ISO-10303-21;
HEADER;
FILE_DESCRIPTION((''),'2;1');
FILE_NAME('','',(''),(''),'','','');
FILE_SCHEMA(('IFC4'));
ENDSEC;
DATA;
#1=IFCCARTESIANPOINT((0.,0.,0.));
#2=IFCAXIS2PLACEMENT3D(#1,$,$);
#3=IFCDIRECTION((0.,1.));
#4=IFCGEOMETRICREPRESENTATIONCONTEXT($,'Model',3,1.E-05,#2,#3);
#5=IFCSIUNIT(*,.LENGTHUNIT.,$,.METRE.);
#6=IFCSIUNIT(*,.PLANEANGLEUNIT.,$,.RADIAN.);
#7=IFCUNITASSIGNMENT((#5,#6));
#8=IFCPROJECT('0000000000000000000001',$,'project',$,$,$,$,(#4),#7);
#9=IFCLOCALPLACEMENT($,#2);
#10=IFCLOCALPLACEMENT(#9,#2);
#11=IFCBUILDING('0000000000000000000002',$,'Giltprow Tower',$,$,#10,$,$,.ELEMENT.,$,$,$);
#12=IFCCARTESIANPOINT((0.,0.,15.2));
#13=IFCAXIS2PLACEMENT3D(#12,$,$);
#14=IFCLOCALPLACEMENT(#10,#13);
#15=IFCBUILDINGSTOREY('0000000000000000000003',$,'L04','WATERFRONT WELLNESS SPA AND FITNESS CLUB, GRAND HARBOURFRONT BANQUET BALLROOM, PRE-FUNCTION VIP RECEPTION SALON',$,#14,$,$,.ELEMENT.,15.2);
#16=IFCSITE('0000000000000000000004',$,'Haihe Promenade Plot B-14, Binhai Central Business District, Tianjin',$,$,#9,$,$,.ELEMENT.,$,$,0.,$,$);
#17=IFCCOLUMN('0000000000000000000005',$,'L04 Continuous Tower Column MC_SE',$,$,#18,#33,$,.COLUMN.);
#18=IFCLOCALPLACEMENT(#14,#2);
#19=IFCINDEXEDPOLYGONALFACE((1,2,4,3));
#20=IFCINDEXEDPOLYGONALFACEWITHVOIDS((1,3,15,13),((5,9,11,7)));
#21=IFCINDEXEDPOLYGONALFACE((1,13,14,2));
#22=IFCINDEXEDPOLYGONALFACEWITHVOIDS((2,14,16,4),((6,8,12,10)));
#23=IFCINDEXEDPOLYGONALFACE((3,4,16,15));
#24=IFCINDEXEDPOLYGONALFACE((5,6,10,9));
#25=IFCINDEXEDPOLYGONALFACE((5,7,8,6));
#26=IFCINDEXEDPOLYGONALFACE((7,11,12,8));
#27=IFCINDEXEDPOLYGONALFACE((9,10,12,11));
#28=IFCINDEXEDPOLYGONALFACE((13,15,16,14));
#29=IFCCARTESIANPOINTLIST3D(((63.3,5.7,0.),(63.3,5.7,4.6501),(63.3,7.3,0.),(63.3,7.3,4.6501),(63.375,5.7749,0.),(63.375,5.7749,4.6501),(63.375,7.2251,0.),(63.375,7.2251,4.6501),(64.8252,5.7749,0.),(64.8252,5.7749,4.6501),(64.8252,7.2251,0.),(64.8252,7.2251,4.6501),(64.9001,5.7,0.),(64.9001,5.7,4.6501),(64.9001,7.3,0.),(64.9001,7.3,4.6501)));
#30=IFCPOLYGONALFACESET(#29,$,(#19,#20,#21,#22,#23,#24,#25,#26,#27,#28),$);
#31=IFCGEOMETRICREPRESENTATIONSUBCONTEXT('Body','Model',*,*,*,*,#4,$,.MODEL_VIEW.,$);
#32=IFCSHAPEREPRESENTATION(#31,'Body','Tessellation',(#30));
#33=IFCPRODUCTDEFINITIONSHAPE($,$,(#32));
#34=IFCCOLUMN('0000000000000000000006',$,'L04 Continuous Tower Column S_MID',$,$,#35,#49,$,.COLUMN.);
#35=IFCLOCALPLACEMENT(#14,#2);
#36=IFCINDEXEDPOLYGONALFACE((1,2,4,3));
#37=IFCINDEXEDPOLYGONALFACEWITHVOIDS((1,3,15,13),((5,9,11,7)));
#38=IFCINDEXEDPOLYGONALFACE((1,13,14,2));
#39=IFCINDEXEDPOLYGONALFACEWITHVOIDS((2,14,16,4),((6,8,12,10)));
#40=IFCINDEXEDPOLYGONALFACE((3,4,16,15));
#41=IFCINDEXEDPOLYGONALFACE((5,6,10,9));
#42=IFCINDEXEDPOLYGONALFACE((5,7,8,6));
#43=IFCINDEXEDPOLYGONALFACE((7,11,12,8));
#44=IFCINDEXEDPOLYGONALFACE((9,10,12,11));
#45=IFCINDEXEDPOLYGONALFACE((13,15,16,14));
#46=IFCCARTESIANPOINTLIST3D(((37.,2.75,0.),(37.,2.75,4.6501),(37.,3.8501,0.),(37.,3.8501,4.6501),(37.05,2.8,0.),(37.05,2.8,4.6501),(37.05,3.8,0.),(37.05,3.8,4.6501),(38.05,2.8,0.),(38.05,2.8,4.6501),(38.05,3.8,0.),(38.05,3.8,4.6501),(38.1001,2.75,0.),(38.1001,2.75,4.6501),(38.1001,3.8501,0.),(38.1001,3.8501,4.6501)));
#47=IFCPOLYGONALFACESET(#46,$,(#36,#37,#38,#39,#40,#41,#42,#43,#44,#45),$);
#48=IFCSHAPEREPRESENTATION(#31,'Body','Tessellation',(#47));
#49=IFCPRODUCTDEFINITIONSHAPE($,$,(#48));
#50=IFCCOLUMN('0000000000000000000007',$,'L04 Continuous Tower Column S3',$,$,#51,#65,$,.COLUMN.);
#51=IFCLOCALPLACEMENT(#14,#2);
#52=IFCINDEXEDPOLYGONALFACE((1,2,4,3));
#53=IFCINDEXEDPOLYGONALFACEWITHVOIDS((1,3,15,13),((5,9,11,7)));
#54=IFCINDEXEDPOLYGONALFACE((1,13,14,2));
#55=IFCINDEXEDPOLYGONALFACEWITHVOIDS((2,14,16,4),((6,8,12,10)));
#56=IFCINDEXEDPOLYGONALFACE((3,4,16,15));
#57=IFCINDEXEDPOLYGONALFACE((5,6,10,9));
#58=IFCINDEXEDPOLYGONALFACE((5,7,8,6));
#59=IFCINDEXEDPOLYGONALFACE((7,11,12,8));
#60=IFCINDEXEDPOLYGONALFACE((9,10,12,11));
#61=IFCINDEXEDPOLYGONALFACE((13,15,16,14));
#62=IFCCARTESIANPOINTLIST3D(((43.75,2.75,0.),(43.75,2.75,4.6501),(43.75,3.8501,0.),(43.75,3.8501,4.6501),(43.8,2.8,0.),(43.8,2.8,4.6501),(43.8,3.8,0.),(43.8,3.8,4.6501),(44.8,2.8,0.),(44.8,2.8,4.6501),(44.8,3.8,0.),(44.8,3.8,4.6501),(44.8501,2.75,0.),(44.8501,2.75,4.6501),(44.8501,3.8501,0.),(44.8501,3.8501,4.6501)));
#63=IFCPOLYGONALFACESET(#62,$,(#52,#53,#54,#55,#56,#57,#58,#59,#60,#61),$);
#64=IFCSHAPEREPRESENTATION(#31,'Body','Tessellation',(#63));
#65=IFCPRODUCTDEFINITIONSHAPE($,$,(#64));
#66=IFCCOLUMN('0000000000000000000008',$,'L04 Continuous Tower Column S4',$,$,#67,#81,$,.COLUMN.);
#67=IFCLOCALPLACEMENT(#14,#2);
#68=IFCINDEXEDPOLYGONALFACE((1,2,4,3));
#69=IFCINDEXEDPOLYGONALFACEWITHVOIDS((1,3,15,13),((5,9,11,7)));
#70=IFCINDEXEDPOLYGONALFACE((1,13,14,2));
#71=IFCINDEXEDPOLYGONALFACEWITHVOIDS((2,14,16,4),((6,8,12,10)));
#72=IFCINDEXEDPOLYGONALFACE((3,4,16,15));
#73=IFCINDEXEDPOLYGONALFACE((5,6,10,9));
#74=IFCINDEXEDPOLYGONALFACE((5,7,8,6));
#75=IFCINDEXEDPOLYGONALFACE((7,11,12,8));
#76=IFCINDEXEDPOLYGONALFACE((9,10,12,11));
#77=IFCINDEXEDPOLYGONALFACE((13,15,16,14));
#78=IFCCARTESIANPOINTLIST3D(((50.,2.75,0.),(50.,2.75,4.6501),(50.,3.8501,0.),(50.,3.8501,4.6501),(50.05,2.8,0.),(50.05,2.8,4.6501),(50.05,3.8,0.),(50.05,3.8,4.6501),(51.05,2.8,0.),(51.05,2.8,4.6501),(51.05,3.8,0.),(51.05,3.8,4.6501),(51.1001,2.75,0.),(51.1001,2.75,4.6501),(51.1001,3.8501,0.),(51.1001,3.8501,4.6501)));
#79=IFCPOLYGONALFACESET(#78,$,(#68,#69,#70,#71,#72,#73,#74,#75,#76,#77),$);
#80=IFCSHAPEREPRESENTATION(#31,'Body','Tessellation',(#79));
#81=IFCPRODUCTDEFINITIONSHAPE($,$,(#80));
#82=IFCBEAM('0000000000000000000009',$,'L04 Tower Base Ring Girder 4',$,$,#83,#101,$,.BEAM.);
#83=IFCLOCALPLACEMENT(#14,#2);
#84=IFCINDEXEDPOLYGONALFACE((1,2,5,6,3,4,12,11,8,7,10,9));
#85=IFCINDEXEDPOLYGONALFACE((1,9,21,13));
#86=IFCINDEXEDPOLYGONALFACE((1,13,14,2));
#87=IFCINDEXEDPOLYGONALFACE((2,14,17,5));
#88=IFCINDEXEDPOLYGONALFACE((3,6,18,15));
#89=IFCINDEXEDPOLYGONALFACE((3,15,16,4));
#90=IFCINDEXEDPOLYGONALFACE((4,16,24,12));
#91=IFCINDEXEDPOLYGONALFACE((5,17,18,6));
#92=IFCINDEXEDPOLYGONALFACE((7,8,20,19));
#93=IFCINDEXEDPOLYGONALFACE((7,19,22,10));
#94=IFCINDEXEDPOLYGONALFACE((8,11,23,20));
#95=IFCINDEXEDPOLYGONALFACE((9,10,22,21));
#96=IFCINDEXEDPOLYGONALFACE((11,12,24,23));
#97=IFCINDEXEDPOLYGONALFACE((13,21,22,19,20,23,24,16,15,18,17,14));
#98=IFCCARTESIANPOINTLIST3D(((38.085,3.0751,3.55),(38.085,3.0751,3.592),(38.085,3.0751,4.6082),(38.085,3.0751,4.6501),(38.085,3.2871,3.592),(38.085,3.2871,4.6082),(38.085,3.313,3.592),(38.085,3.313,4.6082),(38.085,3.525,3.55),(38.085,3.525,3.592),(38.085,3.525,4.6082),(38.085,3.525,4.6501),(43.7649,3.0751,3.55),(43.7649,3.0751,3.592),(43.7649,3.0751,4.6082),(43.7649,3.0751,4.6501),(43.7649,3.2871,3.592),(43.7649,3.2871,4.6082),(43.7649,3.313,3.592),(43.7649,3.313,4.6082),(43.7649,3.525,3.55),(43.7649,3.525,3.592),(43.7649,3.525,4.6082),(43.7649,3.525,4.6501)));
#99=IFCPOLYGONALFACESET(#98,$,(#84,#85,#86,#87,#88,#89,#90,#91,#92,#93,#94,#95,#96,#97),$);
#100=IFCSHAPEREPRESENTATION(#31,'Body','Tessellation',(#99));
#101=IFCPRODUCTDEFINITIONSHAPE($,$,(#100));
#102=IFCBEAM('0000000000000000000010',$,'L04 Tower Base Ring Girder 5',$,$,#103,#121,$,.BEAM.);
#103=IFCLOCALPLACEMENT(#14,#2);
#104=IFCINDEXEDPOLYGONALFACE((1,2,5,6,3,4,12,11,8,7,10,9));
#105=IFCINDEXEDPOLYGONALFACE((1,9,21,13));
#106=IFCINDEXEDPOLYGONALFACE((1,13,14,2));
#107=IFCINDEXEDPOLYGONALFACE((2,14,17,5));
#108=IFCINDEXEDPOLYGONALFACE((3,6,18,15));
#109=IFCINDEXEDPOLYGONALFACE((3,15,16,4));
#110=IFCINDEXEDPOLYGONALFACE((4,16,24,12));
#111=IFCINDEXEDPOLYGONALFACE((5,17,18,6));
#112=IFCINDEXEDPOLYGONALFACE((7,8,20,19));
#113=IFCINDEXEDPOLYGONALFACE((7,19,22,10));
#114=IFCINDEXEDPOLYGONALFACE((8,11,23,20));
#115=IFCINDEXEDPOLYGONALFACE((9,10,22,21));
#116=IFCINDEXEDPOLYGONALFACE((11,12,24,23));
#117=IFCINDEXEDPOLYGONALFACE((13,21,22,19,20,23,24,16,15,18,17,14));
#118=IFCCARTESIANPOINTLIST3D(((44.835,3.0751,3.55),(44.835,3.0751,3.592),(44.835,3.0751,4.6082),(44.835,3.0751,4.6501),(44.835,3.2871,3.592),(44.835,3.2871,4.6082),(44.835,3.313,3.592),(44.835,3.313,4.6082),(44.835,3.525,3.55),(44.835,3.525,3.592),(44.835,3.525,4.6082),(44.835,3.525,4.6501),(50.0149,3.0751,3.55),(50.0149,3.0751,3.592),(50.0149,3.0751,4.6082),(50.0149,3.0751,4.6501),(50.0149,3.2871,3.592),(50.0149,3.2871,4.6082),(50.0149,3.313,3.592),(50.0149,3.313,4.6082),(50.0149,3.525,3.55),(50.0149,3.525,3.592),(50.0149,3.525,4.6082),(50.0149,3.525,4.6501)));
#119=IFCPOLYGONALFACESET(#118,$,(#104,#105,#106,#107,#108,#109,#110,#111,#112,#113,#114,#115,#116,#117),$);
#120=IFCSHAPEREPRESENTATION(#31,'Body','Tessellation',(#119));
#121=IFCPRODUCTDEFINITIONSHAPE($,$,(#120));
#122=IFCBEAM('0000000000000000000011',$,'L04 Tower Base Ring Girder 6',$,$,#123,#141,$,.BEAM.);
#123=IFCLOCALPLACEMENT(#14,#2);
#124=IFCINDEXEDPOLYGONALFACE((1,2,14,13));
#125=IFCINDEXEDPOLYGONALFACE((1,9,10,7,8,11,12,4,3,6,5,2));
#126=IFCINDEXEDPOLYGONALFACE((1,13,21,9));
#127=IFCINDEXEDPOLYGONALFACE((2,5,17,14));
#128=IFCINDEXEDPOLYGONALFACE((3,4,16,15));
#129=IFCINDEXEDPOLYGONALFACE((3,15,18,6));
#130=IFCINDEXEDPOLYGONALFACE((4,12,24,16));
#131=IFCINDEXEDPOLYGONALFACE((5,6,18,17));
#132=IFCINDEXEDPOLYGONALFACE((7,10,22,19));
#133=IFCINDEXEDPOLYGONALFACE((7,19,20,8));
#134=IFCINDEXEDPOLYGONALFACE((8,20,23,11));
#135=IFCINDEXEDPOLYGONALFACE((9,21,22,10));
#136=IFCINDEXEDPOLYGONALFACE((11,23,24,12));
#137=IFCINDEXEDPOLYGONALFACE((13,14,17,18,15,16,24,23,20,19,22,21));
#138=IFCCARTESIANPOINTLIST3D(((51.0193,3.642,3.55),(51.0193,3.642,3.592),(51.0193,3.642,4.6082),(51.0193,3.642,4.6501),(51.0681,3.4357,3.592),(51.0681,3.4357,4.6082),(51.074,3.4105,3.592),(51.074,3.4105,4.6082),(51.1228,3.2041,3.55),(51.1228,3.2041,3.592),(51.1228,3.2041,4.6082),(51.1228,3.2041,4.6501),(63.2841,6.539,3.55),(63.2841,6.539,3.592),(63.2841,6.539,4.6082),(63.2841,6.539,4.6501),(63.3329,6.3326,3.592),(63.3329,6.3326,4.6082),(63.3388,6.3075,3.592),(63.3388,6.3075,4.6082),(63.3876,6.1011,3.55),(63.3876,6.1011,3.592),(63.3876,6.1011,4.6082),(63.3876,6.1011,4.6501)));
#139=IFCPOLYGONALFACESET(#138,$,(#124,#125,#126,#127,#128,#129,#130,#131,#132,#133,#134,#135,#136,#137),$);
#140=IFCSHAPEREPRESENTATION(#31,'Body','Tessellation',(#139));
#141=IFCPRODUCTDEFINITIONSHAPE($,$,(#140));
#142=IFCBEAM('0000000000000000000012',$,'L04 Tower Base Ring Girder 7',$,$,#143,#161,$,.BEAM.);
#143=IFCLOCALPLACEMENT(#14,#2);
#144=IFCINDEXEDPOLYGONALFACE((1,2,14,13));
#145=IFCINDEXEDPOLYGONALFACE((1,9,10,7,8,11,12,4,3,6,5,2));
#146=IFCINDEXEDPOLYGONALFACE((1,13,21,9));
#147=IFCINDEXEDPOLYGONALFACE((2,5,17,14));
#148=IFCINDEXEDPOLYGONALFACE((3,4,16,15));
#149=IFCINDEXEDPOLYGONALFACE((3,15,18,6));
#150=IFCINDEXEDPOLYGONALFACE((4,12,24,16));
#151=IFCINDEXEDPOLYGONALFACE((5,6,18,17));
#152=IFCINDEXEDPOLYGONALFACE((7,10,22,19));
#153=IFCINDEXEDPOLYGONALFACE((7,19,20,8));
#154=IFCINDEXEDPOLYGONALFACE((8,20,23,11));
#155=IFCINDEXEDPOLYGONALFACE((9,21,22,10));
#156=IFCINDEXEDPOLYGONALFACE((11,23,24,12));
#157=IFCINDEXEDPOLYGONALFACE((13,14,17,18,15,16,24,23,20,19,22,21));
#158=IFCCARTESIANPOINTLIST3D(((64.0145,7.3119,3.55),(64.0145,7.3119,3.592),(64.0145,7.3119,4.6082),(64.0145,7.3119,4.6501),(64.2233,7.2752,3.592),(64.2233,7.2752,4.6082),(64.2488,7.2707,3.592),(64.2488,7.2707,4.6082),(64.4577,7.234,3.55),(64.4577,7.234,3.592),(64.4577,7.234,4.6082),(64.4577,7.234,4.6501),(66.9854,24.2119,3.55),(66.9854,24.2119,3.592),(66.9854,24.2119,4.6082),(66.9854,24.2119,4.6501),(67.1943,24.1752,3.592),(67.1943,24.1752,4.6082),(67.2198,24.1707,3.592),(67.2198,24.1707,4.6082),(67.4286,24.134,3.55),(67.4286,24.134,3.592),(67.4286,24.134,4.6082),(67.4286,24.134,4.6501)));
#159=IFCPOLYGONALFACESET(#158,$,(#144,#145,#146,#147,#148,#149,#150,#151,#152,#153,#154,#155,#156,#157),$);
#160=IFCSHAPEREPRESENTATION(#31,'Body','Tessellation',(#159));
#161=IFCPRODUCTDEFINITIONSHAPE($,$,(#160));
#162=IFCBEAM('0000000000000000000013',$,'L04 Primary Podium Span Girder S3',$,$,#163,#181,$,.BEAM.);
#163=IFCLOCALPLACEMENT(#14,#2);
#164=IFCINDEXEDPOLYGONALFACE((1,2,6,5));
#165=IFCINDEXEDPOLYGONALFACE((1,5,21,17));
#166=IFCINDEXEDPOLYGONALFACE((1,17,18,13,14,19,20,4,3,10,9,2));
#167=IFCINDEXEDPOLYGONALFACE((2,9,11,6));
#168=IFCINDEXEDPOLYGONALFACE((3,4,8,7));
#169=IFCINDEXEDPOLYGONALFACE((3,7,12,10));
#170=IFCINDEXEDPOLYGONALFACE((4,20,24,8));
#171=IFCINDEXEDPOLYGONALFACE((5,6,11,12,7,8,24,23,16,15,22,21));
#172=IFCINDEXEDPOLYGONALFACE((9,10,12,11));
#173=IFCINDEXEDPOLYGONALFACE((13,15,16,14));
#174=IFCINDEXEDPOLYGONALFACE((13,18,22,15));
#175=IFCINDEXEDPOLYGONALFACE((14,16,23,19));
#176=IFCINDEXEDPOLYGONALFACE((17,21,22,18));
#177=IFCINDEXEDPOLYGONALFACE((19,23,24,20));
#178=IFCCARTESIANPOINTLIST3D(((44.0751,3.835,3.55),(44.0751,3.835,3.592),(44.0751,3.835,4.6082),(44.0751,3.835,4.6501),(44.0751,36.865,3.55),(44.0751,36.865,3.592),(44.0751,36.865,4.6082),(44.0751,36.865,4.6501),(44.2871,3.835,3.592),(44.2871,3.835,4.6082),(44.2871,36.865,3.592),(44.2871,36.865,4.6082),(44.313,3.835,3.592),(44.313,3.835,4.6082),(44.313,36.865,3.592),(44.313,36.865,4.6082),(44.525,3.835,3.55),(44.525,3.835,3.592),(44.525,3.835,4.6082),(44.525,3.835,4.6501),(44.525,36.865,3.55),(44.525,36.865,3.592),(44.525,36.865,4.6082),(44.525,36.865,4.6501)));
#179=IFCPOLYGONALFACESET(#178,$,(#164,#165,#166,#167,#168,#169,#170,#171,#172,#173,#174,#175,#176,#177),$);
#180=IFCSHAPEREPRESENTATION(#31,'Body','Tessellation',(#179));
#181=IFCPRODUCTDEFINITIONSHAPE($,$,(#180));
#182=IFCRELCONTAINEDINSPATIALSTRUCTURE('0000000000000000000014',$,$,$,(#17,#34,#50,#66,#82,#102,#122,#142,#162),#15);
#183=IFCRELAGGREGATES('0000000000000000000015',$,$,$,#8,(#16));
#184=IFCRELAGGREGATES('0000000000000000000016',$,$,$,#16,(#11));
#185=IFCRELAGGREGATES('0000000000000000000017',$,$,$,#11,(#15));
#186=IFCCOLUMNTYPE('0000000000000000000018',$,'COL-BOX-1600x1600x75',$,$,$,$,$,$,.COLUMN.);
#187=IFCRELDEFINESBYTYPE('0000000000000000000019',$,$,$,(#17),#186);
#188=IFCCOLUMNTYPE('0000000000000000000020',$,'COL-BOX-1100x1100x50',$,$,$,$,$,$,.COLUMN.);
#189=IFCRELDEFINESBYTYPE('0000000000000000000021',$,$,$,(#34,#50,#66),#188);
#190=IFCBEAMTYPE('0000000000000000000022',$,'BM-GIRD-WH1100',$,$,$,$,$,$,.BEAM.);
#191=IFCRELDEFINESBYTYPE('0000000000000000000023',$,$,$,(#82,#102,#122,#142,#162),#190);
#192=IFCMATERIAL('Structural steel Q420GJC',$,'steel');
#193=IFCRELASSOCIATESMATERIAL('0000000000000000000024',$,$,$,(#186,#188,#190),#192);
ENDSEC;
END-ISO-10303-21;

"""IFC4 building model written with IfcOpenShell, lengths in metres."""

from ifc_helpers import new_model, si_unit, direction, frame, origin, origin_2d, place, context, subcontext, project, spatial, hollow_rectangle, i_section, extrude, source, transform, mapped, material, material_profile, profile_set, type_object, element, save


model = new_model("IFC4")

# Units and contexts
model_context = context("Model", 3, precision=1e-05, world=origin(), true_north=direction((0.0, 1.0)))
body_context = subcontext(model_context, "Body", "Model", "MODEL_VIEW")
ifc_project = project(units=[si_unit("LENGTHUNIT", "METRE"), si_unit("PLANEANGLEUNIT", "RADIAN")], contexts=[model_context])

# Site, building, storey
site_placement = place(None, origin())
site = spatial("IfcSite", under=ifc_project, at=site_placement, Name="Haihe Promenade Plot B-14, Binhai Central Business District, Tianjin", CompositionType="ELEMENT", RefElevation=0.0)
building_placement = place(site_placement, origin())
building = spatial("IfcBuilding", under=site, at=building_placement, Name="Giltprow Tower", CompositionType="ELEMENT")
storey_placement = place(building_placement, frame((0.0, 0.0, 15.2)))
storey = spatial("IfcBuildingStorey", under=building, at=storey_placement, Name="L04", Description="WATERFRONT WELLNESS SPA AND FITNESS CLUB, GRAND HARBOURFRONT BANQUET BALLROOM, PRE-FUNCTION VIP RECEPTION SALON", CompositionType="ELEMENT", Elevation=15.2)

# Columns
ifc_material_1 = material(Name="Structural steel Q420GJC", Category="steel")
ifc_material_profile_1 = material_profile(ifc_material_1, hollow_rectangle(XDim=1.6001, YDim=1.6001, WallThickness=0.075, at=origin_2d()), Name="BOX 1600x1600x75")
ifc_profile_set_1 = profile_set([ifc_material_profile_1], Name="Structural steel Q420GJC")
column_type_1 = type_object("IfcColumnType", Name="COL-BOX-1600x1600x75", PredefinedType="COLUMN", material=ifc_profile_set_1)
shared_shape_1 = source(origin(), body_context, "Body", "SweptSolid", [
    extrude(hollow_rectangle(XDim=1.6001, YDim=1.6001, WallThickness=0.075, at=origin_2d()), origin(), (0.0, 0.0, 1.0), 4.6501),
])
column_placement = place(storey_placement, frame((64.1001, 6.5, 0.0), z_axis=(0.0, 0.0, 1.0), x_axis=(1.0, 0.0, 0.0)))
element("IfcColumn", 1, at=column_placement, inside=storey, type_object=column_type_1, Name="L04 Continuous Tower Column MC_SE", PredefinedType="COLUMN", context=body_context, shape_type="MappedRepresentation", body=[
    mapped(shared_shape_1, transform((0.0, 0.0, 0.0), x_axis=(1.0, 0.0, 0.0), y_axis=(0.0, 1.0, 0.0), z_axis=(0.0, 0.0, 1.0), scale=1.0)),
])
ifc_material_profile_2 = material_profile(ifc_material_1, hollow_rectangle(XDim=1.1001, YDim=1.1001, WallThickness=0.05, at=origin_2d()), Name="BOX 1100x1100x50")
ifc_profile_set_2 = profile_set([ifc_material_profile_2], Name="Structural steel Q420GJC")
column_type_2 = type_object("IfcColumnType", Name="COL-BOX-1100x1100x50", PredefinedType="COLUMN", material=ifc_profile_set_2)
shared_shape_2 = source(origin(), body_context, "Body", "SweptSolid", [
    extrude(hollow_rectangle(XDim=1.1001, YDim=1.1001, WallThickness=0.05, at=origin_2d()), origin(), (0.0, 0.0, 1.0), 4.6501),
])
for number, where, z_axis, x_axis, name in (
    (2, (37.55, 3.3, 0.0), (0.0, 0.0, 1.0), (1.0, 0.0, 0.0), "L04 Continuous Tower Column S_MID"),
    (3, (44.3, 3.3, 0.0), (0.0, 0.0, 1.0), (1.0, 0.0, 0.0), "L04 Continuous Tower Column S3"),
    (4, (50.55, 3.3, 0.0), (0.0, 0.0, 1.0), (1.0, 0.0, 0.0), "L04 Continuous Tower Column S4"),
):
    element("IfcColumn", number, at=place(storey_placement, frame(where, z_axis=z_axis, x_axis=x_axis)), inside=storey, type_object=column_type_2, Name=name, PredefinedType="COLUMN", context=body_context, shape_type="MappedRepresentation", body=[
        mapped(shared_shape_2, transform((0.0, 0.0, 0.0), x_axis=(1.0, 0.0, 0.0), y_axis=(0.0, 1.0, 0.0), z_axis=(0.0, 0.0, 1.0), scale=1.0)),
    ])

# Beams
ifc_material_profile_3 = material_profile(ifc_material_1, i_section(OverallWidth=0.45, OverallDepth=1.1001, WebThickness=0.0259, FlangeThickness=0.042, at=origin_2d()), Name="WH 1100x450x26x42")
ifc_profile_set_3 = profile_set([ifc_material_profile_3], Name="Structural steel Q420GJC")
beam_type_1 = type_object("IfcBeamType", Name="BM-GIRD-WH1100", PredefinedType="BEAM", material=ifc_profile_set_3)
shared_shape_3 = source(origin(), body_context, "Body", "SweptSolid", [
    extrude(i_section(OverallWidth=0.45, OverallDepth=1.1001, WebThickness=0.0259, FlangeThickness=0.042, at=origin_2d()), origin(), (0.0, 0.0, 1.0), 5.6799),
])
beam_1_placement = place(storey_placement, frame((38.085, 3.3, 4.1001), z_axis=(1.0, 0.0, 0.0), x_axis=(0.0, 1.0, 0.0)))
element("IfcBeam", 5, at=beam_1_placement, inside=storey, type_object=beam_type_1, Name="L04 Tower Base Ring Girder 4", PredefinedType="BEAM", context=body_context, shape_type="MappedRepresentation", body=[
    mapped(shared_shape_3, transform((0.0, 0.0, 0.0), x_axis=(1.0, 0.0, 0.0), y_axis=(0.0, 1.0, 0.0), z_axis=(0.0, 0.0, 1.0), scale=1.0)),
])
shared_shape_4 = source(origin(), body_context, "Body", "SweptSolid", [
    extrude(i_section(OverallWidth=0.45, OverallDepth=1.1001, WebThickness=0.0259, FlangeThickness=0.042, at=origin_2d()), origin(), (0.0, 0.0, 1.0), 5.1799),
])
beam_2_placement = place(storey_placement, frame((44.835, 3.3, 4.1001), z_axis=(1.0, 0.0, 0.0), x_axis=(0.0, 1.0, 0.0)))
element("IfcBeam", 6, at=beam_2_placement, inside=storey, type_object=beam_type_1, Name="L04 Tower Base Ring Girder 5", PredefinedType="BEAM", context=body_context, shape_type="MappedRepresentation", body=[
    mapped(shared_shape_4, transform((0.0, 0.0, 0.0), x_axis=(1.0, 0.0, 0.0), y_axis=(0.0, 1.0, 0.0), z_axis=(0.0, 0.0, 1.0), scale=1.0)),
])
shared_shape_5 = source(origin(), body_context, "Body", "SweptSolid", [
    extrude(i_section(OverallWidth=0.45, OverallDepth=1.1001, WebThickness=0.0259, FlangeThickness=0.042, at=origin_2d()), origin(), (0.0, 0.0, 1.0), 12.6023),
])
beam_3_placement = place(storey_placement, frame((51.071, 3.4231, 4.1001), z_axis=(0.97322, 0.229875, 0.0), x_axis=(-0.229875, 0.97322, 0.0)))
element("IfcBeam", 7, at=beam_3_placement, inside=storey, type_object=beam_type_1, Name="L04 Tower Base Ring Girder 6", PredefinedType="BEAM", context=body_context, shape_type="MappedRepresentation", body=[
    mapped(shared_shape_5, transform((0.0, 0.0, 0.0), x_axis=(1.0, 0.0, 0.0), y_axis=(0.0, 1.0, 0.0), z_axis=(0.0, 0.0, 1.0), scale=1.0)),
])
shared_shape_6 = source(origin(), body_context, "Body", "SweptSolid", [
    extrude(i_section(OverallWidth=0.45, OverallDepth=1.1001, WebThickness=0.0259, FlangeThickness=0.042, at=origin_2d()), origin(), (0.0, 0.0, 1.0), 17.1592),
])
beam_4_placement = place(storey_placement, frame((64.2361, 7.2729, 4.1001), z_axis=(0.173139, 0.984897, 0.0), x_axis=(-0.984897, 0.173139, 0.0)))
element("IfcBeam", 8, at=beam_4_placement, inside=storey, type_object=beam_type_1, Name="L04 Tower Base Ring Girder 7", PredefinedType="BEAM", context=body_context, shape_type="MappedRepresentation", body=[
    mapped(shared_shape_6, transform((0.0, 0.0, 0.0), x_axis=(1.0, 0.0, 0.0), y_axis=(0.0, 1.0, 0.0), z_axis=(0.0, 0.0, 1.0), scale=1.0)),
])
shared_shape_7 = source(origin(), body_context, "Body", "SweptSolid", [
    extrude(i_section(OverallWidth=0.45, OverallDepth=1.1001, WebThickness=0.0259, FlangeThickness=0.042, at=origin_2d()), origin(), (0.0, 0.0, 1.0), 33.03),
])
for number, where, z_axis, x_axis, name in (
    (9, (44.3, 3.835, 4.1001), (0.0, 1.0, 0.0), (-1.0, 0.0, 0.0), "L04 Primary Podium Span Girder S3"),
):
    element("IfcBeam", number, at=place(storey_placement, frame(where, z_axis=z_axis, x_axis=x_axis)), inside=storey, type_object=beam_type_1, Name=name, PredefinedType="BEAM", context=body_context, shape_type="MappedRepresentation", body=[
        mapped(shared_shape_7, transform((0.0, 0.0, 0.0), x_axis=(1.0, 0.0, 0.0), y_axis=(0.0, 1.0, 0.0), z_axis=(0.0, 0.0, 1.0), scale=1.0)),
    ])

save(model, "model.ifc")
